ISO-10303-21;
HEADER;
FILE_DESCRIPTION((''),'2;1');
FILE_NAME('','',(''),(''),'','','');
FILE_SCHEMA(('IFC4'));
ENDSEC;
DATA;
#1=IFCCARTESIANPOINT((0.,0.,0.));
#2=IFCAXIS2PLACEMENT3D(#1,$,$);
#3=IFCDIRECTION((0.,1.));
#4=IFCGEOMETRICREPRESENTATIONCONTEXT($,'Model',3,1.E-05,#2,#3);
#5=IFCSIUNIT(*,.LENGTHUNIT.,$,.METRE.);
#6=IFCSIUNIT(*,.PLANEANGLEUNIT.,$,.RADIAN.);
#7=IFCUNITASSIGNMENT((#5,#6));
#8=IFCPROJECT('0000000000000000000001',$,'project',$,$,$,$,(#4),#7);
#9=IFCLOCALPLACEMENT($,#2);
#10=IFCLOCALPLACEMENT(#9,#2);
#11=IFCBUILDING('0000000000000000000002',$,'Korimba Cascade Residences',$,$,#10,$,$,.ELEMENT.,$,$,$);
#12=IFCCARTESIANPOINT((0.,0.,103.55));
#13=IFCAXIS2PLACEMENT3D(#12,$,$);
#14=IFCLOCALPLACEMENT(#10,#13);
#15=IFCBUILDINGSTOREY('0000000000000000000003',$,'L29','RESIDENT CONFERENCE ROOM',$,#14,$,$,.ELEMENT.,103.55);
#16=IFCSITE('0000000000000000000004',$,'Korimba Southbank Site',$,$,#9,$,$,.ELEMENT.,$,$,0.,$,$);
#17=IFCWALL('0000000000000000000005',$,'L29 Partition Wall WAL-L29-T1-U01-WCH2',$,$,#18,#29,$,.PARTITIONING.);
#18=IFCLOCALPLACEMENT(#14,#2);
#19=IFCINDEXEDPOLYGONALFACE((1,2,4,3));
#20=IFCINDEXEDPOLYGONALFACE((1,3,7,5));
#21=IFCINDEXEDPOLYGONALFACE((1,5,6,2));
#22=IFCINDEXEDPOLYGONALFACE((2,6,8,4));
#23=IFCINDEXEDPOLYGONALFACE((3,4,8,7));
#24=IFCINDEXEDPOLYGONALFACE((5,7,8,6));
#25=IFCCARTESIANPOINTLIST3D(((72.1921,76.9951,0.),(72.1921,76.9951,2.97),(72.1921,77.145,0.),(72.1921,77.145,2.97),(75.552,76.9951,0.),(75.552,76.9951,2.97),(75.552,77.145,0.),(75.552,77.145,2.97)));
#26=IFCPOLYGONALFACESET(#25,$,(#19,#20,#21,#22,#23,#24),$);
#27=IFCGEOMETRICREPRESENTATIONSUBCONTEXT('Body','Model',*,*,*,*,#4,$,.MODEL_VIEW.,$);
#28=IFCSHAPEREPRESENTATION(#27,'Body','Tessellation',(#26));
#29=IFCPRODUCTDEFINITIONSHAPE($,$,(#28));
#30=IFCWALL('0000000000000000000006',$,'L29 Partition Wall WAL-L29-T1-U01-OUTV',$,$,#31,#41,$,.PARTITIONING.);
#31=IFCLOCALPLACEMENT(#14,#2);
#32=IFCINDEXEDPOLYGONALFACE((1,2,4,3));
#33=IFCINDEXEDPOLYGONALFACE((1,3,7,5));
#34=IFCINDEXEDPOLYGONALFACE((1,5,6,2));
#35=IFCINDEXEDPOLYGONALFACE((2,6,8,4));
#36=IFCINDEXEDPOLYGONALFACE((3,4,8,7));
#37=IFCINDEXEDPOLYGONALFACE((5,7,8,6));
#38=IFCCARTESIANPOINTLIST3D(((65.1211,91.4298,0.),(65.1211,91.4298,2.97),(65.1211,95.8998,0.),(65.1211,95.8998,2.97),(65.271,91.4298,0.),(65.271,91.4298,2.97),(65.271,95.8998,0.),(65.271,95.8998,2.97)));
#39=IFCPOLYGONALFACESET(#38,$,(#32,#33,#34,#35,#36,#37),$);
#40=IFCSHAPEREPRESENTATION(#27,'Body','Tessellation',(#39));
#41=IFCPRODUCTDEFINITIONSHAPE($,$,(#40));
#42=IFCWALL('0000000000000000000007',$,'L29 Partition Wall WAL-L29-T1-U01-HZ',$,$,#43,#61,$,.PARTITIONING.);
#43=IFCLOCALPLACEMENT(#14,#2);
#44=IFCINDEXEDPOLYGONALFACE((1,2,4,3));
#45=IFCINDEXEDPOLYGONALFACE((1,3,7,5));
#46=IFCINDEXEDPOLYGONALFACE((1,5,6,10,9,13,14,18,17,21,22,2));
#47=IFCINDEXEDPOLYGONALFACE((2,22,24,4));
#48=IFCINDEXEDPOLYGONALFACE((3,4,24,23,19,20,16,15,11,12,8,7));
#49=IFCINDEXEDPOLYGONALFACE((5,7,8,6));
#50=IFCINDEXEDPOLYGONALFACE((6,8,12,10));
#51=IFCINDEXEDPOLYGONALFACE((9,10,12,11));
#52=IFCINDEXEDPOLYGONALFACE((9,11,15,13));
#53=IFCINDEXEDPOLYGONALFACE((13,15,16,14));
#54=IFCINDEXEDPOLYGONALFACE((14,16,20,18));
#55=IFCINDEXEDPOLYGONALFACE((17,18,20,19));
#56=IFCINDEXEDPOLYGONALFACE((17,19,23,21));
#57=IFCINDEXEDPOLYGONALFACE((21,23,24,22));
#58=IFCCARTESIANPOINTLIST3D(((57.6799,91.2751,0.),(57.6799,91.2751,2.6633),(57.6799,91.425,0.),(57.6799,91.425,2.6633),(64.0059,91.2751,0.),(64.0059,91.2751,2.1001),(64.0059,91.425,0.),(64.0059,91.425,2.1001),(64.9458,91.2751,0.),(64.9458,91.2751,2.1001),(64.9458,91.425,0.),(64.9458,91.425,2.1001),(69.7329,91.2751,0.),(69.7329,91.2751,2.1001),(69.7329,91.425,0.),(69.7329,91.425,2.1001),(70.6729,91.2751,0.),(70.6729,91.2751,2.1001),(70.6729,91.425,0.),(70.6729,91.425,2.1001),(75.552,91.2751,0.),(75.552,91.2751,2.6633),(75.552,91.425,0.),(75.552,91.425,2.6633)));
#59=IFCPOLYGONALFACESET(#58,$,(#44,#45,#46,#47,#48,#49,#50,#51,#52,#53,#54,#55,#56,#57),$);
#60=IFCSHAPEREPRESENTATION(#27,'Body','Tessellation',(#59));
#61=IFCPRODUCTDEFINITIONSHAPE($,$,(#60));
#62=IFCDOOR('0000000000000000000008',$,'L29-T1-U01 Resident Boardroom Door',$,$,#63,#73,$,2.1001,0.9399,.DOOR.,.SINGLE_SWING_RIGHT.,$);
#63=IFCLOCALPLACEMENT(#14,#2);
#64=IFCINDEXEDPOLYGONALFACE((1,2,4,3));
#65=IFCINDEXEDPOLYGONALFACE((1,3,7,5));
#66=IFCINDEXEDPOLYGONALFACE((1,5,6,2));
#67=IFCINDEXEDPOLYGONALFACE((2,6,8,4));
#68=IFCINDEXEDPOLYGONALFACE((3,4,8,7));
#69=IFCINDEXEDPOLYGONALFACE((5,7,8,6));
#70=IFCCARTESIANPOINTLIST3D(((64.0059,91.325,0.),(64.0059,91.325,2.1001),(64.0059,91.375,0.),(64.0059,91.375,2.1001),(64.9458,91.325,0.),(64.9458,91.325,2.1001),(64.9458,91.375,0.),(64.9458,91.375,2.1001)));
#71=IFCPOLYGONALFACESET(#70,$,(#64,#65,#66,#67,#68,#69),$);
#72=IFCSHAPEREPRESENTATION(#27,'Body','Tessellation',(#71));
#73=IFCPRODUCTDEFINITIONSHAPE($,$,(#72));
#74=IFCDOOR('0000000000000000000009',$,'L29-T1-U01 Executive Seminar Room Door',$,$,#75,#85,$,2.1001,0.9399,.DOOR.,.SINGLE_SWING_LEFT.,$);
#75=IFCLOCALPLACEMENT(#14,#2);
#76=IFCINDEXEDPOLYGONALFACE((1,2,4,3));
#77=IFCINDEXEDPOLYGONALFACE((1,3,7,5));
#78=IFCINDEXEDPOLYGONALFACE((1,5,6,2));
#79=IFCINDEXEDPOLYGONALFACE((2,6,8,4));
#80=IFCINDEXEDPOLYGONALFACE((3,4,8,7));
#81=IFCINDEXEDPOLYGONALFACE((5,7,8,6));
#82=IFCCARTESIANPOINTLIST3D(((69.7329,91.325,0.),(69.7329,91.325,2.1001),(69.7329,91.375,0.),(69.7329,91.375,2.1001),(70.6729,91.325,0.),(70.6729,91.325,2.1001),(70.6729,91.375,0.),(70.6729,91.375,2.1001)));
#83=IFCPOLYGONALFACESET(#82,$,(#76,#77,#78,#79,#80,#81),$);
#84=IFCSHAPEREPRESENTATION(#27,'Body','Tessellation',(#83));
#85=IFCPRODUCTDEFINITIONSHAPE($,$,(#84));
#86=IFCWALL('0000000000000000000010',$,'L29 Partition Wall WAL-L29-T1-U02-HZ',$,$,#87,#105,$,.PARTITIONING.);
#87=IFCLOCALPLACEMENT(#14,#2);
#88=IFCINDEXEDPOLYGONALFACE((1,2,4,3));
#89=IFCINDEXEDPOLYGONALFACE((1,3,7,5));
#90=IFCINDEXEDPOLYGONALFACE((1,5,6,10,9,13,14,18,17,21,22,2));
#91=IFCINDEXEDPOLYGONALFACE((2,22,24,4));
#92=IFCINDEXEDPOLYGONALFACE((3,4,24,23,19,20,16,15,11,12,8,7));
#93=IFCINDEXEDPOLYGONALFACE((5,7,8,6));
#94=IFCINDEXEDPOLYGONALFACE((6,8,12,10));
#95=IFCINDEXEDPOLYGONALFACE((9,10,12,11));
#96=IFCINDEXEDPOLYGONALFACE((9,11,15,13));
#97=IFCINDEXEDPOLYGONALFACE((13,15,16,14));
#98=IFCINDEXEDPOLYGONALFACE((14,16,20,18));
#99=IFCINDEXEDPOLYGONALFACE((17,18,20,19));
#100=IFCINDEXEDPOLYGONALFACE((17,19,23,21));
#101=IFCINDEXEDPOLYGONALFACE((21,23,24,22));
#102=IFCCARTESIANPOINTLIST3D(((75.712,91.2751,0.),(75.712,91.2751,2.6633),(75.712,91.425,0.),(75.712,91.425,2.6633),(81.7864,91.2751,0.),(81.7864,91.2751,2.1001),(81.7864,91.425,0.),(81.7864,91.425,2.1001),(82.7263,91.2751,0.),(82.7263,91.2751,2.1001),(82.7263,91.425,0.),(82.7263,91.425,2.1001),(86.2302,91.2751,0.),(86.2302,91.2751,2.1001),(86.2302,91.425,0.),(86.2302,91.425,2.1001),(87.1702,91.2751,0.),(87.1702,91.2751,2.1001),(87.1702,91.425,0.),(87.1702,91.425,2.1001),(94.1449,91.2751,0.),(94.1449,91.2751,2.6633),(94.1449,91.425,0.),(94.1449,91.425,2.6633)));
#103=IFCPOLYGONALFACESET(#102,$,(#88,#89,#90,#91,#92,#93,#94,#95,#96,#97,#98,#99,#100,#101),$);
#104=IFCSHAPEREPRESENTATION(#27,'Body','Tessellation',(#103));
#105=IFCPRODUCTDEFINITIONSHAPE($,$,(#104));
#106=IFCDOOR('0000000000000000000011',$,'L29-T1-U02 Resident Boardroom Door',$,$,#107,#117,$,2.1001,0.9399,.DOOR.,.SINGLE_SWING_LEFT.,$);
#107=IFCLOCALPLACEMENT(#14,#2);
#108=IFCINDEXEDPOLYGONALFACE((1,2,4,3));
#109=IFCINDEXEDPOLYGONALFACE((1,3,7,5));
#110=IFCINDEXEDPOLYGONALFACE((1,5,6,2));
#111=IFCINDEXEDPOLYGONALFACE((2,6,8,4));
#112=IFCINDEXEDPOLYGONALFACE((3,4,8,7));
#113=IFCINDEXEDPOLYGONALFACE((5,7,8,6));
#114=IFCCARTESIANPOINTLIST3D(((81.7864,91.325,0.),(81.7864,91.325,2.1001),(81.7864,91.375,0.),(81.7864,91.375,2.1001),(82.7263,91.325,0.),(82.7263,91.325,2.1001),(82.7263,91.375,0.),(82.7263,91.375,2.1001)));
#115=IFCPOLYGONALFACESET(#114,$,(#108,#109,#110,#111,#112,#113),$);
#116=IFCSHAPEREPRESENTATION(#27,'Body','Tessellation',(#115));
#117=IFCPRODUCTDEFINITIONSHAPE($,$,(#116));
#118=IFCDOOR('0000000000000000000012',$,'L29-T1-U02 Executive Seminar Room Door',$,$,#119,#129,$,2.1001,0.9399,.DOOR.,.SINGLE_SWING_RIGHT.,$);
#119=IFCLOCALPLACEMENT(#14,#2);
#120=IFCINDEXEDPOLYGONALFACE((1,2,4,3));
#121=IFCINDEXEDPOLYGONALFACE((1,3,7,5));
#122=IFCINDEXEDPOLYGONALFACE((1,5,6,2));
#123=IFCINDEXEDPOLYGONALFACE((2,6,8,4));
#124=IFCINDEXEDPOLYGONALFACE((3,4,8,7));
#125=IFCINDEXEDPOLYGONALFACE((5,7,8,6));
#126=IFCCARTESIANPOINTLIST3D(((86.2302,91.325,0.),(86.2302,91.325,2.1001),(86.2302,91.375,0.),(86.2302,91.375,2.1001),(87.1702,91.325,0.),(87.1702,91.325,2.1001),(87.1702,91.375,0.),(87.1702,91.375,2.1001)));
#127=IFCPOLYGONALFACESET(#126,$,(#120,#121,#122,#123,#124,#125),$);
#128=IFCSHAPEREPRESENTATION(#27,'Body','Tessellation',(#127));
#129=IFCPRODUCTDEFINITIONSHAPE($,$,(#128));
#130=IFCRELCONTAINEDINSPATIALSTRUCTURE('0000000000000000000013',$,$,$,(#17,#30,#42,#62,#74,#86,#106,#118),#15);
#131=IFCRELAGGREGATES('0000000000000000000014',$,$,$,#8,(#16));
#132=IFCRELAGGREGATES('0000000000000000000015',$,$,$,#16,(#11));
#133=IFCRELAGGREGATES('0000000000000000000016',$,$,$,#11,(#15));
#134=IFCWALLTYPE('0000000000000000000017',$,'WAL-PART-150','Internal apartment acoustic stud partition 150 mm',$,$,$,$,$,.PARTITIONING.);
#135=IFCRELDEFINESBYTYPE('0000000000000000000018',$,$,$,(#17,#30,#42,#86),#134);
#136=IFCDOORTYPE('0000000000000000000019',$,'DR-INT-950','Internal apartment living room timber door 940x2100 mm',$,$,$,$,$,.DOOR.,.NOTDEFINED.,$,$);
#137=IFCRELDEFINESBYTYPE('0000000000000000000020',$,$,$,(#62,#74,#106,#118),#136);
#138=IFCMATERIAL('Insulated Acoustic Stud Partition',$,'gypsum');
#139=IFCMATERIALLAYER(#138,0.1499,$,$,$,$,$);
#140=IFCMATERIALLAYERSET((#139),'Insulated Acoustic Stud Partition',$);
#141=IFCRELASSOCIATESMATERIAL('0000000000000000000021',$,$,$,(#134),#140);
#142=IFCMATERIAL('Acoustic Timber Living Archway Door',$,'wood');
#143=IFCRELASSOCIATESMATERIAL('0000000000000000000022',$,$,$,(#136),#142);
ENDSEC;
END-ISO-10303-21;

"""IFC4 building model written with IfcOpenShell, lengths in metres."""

from ifc_helpers import new_model, si_unit, direction, frame, frame_2d, origin, place, context, subcontext, project, spatial, rectangle, extrude, material, layer, layer_set, type_object, element, fill, save


model = new_model("IFC4")

# Units and contexts
model_context = context("Model", 3, precision=1e-05, world=origin(), true_north=direction((0.0, 1.0)))
body_context = subcontext(model_context, "Body", "Model", "MODEL_VIEW")
ifc_project = project(units=[si_unit("LENGTHUNIT", "METRE"), si_unit("PLANEANGLEUNIT", "RADIAN")], contexts=[model_context])

# Site, building, storey
site_placement = place(None, origin())
site = spatial("IfcSite", under=ifc_project, at=site_placement, Name="Korimba Southbank Site", CompositionType="ELEMENT", RefElevation=0.0)
building_placement = place(site_placement, origin())
building = spatial("IfcBuilding", under=site, at=building_placement, Name="Korimba Cascade Residences", CompositionType="ELEMENT")
storey_placement = place(building_placement, frame((0.0, 0.0, 103.55)))
storey = spatial("IfcBuildingStorey", under=building, at=storey_placement, Name="L29", Description="RESIDENT CONFERENCE ROOM", CompositionType="ELEMENT", Elevation=103.55)

# Walls
ifc_material_1 = material(Name="Insulated Acoustic Stud Partition", Category="gypsum")
ifc_layer_1 = layer(ifc_material_1, 0.1499)
ifc_layer_set_1 = layer_set([ifc_layer_1], Name="Insulated Acoustic Stud Partition")
wall_type_1 = type_object("IfcWallType", Name="WAL-PART-150", Description="Internal apartment acoustic stud partition 150 mm", PredefinedType="PARTITIONING", material=ifc_layer_set_1)
for number, where, z_axis, x_axis, name in (
    (1, (72.1921, 77.0701, 0.0), (0.0, 0.0, 1.0), (1.0, 0.0, 0.0), "L29 Partition Wall WAL-L29-T1-U01-WCH2"),
):
    element("IfcWall", number, at=place(storey_placement, frame(where, z_axis=z_axis, x_axis=x_axis)), inside=storey, type_object=wall_type_1, Name=name, PredefinedType="PARTITIONING", context=body_context, shape_type="SweptSolid", body=[
        extrude(rectangle(XDim=3.3599, YDim=0.1499, at=frame_2d((1.6799, 0.0))), origin(), (0.0, 0.0, 1.0), 2.97),
    ])
wall_1_placement = place(storey_placement, frame((65.196, 91.4299, 0.0), z_axis=(0.0, 0.0, 1.0), x_axis=(0.0, 1.0, 0.0)))
element("IfcWall", 2, at=wall_1_placement, inside=storey, type_object=wall_type_1, Name="L29 Partition Wall WAL-L29-T1-U01-OUTV", PredefinedType="PARTITIONING", context=body_context, shape_type="SweptSolid", body=[
    extrude(rectangle(XDim=4.47, YDim=0.1499, at=frame_2d((2.2349, 0.0))), origin(), (0.0, 0.0, 1.0), 2.97),
])

# Walls, openings, doors
wall_2_placement = place(storey_placement, frame((57.6799, 91.3501, 0.0), z_axis=(0.0, 0.0, 1.0), x_axis=(1.0, 0.0, 0.0)))
wall_2 = element("IfcWall", 3, at=wall_2_placement, inside=storey, type_object=wall_type_1, Name="L29 Partition Wall WAL-L29-T1-U01-HZ", PredefinedType="PARTITIONING", context=body_context, shape_type="SweptSolid", body=[
    extrude(rectangle(XDim=17.8721, YDim=0.1499, at=frame_2d((8.936, 0.0))), origin(), (0.0, 0.0, 1.0), 2.6633),
])
opening_1_placement = place(wall_2_placement, frame((6.3259, 0.0, 0.0)))
opening_1 = element("IfcOpeningElement", 4, at=opening_1_placement, cuts=wall_2, PredefinedType="OPENING", context=body_context, shape_type="SweptSolid", body=[
    extrude(rectangle(XDim=0.9399, YDim=2.1001, at=frame_2d((0.47, 1.05))), frame((0.0, 0.085, 0.0), z_axis=(0.0, -1.0, 0.0), x_axis=(1.0, 0.0, 0.0)), (0.0, 0.0, 1.0), 0.1699),
])
opening_2_placement = place(wall_2_placement, frame((12.053, 0.0, 0.0)))
opening_2 = element("IfcOpeningElement", 5, at=opening_2_placement, cuts=wall_2, PredefinedType="OPENING", context=body_context, shape_type="SweptSolid", body=[
    extrude(rectangle(XDim=0.9399, YDim=2.1001, at=frame_2d((0.47, 1.05))), frame((0.0, 0.085, 0.0), z_axis=(0.0, -1.0, 0.0), x_axis=(1.0, 0.0, 0.0)), (0.0, 0.0, 1.0), 0.1699),
])
ifc_material_2 = material(Name="Acoustic Timber Living Archway Door", Category="wood")
door_type = type_object("IfcDoorType", Name="DR-INT-950", Description="Internal apartment living room timber door 940x2100 mm", OperationType="NOTDEFINED", PredefinedType="DOOR", material=ifc_material_2)
door_1_placement = place(opening_1_placement, origin())
door_1 = element("IfcDoor", 6, at=door_1_placement, inside=storey, type_object=door_type, Name="L29-T1-U01 Resident Boardroom Door", OperationType="SINGLE_SWING_RIGHT", OverallHeight=2.1001, OverallWidth=0.9399, PredefinedType="DOOR", context=body_context, shape_type="SweptSolid", body=[
    extrude(rectangle(XDim=0.9399, YDim=2.1001, at=frame_2d((0.47, 1.05))), frame((0.0, 0.0249, 0.0), z_axis=(0.0, -1.0, 0.0), x_axis=(1.0, 0.0, 0.0)), (0.0, 0.0, 1.0), 0.05),
])
fill(opening_1, door_1)
door_2_placement = place(opening_2_placement, origin())
door_2 = element("IfcDoor", 7, at=door_2_placement, inside=storey, type_object=door_type, Name="L29-T1-U01 Executive Seminar Room Door", OperationType="SINGLE_SWING_LEFT", OverallHeight=2.1001, OverallWidth=0.9399, PredefinedType="DOOR", context=body_context, shape_type="SweptSolid", body=[
    extrude(rectangle(XDim=0.9399, YDim=2.1001, at=frame_2d((0.47, 1.05))), frame((0.0, 0.0249, 0.0), z_axis=(0.0, -1.0, 0.0), x_axis=(1.0, 0.0, 0.0)), (0.0, 0.0, 1.0), 0.05),
])
fill(opening_2, door_2)
wall_3_placement = place(storey_placement, frame((75.7122, 91.3501, 0.0), z_axis=(0.0, 0.0, 1.0), x_axis=(1.0, 0.0, 0.0)))
wall_3 = element("IfcWall", 8, at=wall_3_placement, inside=storey, type_object=wall_type_1, Name="L29 Partition Wall WAL-L29-T1-U02-HZ", PredefinedType="PARTITIONING", context=body_context, shape_type="SweptSolid", body=[
    extrude(rectangle(XDim=18.4329, YDim=0.1499, at=frame_2d((9.2163, 0.0))), origin(), (0.0, 0.0, 1.0), 2.6633),
])
opening_3_placement = place(wall_3_placement, frame((6.0742, 0.0, 0.0)))
opening_3 = element("IfcOpeningElement", 9, at=opening_3_placement, cuts=wall_3, PredefinedType="OPENING", context=body_context, shape_type="SweptSolid", body=[
    extrude(rectangle(XDim=0.9399, YDim=2.1001, at=frame_2d((0.47, 1.05))), frame((0.0, 0.085, 0.0), z_axis=(0.0, -1.0, 0.0), x_axis=(1.0, 0.0, 0.0)), (0.0, 0.0, 1.0), 0.1699),
])
opening_4_placement = place(wall_3_placement, frame((10.5181, 0.0, 0.0)))
opening_4 = element("IfcOpeningElement", 10, at=opening_4_placement, cuts=wall_3, PredefinedType="OPENING", context=body_context, shape_type="SweptSolid", body=[
    extrude(rectangle(XDim=0.9399, YDim=2.1001, at=frame_2d((0.47, 1.05))), frame((0.0, 0.085, 0.0), z_axis=(0.0, -1.0, 0.0), x_axis=(1.0, 0.0, 0.0)), (0.0, 0.0, 1.0), 0.1699),
])
door_3_placement = place(opening_3_placement, origin())
door_3 = element("IfcDoor", 11, at=door_3_placement, inside=storey, type_object=door_type, Name="L29-T1-U02 Resident Boardroom Door", OperationType="SINGLE_SWING_LEFT", OverallHeight=2.1001, OverallWidth=0.9399, PredefinedType="DOOR", context=body_context, shape_type="SweptSolid", body=[
    extrude(rectangle(XDim=0.9399, YDim=2.1001, at=frame_2d((0.47, 1.05))), frame((0.0, 0.0249, 0.0), z_axis=(0.0, -1.0, 0.0), x_axis=(1.0, 0.0, 0.0)), (0.0, 0.0, 1.0), 0.05),
])
fill(opening_3, door_3)
door_4_placement = place(opening_4_placement, origin())
door_4 = element("IfcDoor", 12, at=door_4_placement, inside=storey, type_object=door_type, Name="L29-T1-U02 Executive Seminar Room Door", OperationType="SINGLE_SWING_RIGHT", OverallHeight=2.1001, OverallWidth=0.9399, PredefinedType="DOOR", context=body_context, shape_type="SweptSolid", body=[
    extrude(rectangle(XDim=0.9399, YDim=2.1001, at=frame_2d((0.47, 1.05))), frame((0.0, 0.0249, 0.0), z_axis=(0.0, -1.0, 0.0), x_axis=(1.0, 0.0, 0.0)), (0.0, 0.0, 1.0), 0.05),
])
fill(opening_4, door_4)

save(model, "model.ifc")
